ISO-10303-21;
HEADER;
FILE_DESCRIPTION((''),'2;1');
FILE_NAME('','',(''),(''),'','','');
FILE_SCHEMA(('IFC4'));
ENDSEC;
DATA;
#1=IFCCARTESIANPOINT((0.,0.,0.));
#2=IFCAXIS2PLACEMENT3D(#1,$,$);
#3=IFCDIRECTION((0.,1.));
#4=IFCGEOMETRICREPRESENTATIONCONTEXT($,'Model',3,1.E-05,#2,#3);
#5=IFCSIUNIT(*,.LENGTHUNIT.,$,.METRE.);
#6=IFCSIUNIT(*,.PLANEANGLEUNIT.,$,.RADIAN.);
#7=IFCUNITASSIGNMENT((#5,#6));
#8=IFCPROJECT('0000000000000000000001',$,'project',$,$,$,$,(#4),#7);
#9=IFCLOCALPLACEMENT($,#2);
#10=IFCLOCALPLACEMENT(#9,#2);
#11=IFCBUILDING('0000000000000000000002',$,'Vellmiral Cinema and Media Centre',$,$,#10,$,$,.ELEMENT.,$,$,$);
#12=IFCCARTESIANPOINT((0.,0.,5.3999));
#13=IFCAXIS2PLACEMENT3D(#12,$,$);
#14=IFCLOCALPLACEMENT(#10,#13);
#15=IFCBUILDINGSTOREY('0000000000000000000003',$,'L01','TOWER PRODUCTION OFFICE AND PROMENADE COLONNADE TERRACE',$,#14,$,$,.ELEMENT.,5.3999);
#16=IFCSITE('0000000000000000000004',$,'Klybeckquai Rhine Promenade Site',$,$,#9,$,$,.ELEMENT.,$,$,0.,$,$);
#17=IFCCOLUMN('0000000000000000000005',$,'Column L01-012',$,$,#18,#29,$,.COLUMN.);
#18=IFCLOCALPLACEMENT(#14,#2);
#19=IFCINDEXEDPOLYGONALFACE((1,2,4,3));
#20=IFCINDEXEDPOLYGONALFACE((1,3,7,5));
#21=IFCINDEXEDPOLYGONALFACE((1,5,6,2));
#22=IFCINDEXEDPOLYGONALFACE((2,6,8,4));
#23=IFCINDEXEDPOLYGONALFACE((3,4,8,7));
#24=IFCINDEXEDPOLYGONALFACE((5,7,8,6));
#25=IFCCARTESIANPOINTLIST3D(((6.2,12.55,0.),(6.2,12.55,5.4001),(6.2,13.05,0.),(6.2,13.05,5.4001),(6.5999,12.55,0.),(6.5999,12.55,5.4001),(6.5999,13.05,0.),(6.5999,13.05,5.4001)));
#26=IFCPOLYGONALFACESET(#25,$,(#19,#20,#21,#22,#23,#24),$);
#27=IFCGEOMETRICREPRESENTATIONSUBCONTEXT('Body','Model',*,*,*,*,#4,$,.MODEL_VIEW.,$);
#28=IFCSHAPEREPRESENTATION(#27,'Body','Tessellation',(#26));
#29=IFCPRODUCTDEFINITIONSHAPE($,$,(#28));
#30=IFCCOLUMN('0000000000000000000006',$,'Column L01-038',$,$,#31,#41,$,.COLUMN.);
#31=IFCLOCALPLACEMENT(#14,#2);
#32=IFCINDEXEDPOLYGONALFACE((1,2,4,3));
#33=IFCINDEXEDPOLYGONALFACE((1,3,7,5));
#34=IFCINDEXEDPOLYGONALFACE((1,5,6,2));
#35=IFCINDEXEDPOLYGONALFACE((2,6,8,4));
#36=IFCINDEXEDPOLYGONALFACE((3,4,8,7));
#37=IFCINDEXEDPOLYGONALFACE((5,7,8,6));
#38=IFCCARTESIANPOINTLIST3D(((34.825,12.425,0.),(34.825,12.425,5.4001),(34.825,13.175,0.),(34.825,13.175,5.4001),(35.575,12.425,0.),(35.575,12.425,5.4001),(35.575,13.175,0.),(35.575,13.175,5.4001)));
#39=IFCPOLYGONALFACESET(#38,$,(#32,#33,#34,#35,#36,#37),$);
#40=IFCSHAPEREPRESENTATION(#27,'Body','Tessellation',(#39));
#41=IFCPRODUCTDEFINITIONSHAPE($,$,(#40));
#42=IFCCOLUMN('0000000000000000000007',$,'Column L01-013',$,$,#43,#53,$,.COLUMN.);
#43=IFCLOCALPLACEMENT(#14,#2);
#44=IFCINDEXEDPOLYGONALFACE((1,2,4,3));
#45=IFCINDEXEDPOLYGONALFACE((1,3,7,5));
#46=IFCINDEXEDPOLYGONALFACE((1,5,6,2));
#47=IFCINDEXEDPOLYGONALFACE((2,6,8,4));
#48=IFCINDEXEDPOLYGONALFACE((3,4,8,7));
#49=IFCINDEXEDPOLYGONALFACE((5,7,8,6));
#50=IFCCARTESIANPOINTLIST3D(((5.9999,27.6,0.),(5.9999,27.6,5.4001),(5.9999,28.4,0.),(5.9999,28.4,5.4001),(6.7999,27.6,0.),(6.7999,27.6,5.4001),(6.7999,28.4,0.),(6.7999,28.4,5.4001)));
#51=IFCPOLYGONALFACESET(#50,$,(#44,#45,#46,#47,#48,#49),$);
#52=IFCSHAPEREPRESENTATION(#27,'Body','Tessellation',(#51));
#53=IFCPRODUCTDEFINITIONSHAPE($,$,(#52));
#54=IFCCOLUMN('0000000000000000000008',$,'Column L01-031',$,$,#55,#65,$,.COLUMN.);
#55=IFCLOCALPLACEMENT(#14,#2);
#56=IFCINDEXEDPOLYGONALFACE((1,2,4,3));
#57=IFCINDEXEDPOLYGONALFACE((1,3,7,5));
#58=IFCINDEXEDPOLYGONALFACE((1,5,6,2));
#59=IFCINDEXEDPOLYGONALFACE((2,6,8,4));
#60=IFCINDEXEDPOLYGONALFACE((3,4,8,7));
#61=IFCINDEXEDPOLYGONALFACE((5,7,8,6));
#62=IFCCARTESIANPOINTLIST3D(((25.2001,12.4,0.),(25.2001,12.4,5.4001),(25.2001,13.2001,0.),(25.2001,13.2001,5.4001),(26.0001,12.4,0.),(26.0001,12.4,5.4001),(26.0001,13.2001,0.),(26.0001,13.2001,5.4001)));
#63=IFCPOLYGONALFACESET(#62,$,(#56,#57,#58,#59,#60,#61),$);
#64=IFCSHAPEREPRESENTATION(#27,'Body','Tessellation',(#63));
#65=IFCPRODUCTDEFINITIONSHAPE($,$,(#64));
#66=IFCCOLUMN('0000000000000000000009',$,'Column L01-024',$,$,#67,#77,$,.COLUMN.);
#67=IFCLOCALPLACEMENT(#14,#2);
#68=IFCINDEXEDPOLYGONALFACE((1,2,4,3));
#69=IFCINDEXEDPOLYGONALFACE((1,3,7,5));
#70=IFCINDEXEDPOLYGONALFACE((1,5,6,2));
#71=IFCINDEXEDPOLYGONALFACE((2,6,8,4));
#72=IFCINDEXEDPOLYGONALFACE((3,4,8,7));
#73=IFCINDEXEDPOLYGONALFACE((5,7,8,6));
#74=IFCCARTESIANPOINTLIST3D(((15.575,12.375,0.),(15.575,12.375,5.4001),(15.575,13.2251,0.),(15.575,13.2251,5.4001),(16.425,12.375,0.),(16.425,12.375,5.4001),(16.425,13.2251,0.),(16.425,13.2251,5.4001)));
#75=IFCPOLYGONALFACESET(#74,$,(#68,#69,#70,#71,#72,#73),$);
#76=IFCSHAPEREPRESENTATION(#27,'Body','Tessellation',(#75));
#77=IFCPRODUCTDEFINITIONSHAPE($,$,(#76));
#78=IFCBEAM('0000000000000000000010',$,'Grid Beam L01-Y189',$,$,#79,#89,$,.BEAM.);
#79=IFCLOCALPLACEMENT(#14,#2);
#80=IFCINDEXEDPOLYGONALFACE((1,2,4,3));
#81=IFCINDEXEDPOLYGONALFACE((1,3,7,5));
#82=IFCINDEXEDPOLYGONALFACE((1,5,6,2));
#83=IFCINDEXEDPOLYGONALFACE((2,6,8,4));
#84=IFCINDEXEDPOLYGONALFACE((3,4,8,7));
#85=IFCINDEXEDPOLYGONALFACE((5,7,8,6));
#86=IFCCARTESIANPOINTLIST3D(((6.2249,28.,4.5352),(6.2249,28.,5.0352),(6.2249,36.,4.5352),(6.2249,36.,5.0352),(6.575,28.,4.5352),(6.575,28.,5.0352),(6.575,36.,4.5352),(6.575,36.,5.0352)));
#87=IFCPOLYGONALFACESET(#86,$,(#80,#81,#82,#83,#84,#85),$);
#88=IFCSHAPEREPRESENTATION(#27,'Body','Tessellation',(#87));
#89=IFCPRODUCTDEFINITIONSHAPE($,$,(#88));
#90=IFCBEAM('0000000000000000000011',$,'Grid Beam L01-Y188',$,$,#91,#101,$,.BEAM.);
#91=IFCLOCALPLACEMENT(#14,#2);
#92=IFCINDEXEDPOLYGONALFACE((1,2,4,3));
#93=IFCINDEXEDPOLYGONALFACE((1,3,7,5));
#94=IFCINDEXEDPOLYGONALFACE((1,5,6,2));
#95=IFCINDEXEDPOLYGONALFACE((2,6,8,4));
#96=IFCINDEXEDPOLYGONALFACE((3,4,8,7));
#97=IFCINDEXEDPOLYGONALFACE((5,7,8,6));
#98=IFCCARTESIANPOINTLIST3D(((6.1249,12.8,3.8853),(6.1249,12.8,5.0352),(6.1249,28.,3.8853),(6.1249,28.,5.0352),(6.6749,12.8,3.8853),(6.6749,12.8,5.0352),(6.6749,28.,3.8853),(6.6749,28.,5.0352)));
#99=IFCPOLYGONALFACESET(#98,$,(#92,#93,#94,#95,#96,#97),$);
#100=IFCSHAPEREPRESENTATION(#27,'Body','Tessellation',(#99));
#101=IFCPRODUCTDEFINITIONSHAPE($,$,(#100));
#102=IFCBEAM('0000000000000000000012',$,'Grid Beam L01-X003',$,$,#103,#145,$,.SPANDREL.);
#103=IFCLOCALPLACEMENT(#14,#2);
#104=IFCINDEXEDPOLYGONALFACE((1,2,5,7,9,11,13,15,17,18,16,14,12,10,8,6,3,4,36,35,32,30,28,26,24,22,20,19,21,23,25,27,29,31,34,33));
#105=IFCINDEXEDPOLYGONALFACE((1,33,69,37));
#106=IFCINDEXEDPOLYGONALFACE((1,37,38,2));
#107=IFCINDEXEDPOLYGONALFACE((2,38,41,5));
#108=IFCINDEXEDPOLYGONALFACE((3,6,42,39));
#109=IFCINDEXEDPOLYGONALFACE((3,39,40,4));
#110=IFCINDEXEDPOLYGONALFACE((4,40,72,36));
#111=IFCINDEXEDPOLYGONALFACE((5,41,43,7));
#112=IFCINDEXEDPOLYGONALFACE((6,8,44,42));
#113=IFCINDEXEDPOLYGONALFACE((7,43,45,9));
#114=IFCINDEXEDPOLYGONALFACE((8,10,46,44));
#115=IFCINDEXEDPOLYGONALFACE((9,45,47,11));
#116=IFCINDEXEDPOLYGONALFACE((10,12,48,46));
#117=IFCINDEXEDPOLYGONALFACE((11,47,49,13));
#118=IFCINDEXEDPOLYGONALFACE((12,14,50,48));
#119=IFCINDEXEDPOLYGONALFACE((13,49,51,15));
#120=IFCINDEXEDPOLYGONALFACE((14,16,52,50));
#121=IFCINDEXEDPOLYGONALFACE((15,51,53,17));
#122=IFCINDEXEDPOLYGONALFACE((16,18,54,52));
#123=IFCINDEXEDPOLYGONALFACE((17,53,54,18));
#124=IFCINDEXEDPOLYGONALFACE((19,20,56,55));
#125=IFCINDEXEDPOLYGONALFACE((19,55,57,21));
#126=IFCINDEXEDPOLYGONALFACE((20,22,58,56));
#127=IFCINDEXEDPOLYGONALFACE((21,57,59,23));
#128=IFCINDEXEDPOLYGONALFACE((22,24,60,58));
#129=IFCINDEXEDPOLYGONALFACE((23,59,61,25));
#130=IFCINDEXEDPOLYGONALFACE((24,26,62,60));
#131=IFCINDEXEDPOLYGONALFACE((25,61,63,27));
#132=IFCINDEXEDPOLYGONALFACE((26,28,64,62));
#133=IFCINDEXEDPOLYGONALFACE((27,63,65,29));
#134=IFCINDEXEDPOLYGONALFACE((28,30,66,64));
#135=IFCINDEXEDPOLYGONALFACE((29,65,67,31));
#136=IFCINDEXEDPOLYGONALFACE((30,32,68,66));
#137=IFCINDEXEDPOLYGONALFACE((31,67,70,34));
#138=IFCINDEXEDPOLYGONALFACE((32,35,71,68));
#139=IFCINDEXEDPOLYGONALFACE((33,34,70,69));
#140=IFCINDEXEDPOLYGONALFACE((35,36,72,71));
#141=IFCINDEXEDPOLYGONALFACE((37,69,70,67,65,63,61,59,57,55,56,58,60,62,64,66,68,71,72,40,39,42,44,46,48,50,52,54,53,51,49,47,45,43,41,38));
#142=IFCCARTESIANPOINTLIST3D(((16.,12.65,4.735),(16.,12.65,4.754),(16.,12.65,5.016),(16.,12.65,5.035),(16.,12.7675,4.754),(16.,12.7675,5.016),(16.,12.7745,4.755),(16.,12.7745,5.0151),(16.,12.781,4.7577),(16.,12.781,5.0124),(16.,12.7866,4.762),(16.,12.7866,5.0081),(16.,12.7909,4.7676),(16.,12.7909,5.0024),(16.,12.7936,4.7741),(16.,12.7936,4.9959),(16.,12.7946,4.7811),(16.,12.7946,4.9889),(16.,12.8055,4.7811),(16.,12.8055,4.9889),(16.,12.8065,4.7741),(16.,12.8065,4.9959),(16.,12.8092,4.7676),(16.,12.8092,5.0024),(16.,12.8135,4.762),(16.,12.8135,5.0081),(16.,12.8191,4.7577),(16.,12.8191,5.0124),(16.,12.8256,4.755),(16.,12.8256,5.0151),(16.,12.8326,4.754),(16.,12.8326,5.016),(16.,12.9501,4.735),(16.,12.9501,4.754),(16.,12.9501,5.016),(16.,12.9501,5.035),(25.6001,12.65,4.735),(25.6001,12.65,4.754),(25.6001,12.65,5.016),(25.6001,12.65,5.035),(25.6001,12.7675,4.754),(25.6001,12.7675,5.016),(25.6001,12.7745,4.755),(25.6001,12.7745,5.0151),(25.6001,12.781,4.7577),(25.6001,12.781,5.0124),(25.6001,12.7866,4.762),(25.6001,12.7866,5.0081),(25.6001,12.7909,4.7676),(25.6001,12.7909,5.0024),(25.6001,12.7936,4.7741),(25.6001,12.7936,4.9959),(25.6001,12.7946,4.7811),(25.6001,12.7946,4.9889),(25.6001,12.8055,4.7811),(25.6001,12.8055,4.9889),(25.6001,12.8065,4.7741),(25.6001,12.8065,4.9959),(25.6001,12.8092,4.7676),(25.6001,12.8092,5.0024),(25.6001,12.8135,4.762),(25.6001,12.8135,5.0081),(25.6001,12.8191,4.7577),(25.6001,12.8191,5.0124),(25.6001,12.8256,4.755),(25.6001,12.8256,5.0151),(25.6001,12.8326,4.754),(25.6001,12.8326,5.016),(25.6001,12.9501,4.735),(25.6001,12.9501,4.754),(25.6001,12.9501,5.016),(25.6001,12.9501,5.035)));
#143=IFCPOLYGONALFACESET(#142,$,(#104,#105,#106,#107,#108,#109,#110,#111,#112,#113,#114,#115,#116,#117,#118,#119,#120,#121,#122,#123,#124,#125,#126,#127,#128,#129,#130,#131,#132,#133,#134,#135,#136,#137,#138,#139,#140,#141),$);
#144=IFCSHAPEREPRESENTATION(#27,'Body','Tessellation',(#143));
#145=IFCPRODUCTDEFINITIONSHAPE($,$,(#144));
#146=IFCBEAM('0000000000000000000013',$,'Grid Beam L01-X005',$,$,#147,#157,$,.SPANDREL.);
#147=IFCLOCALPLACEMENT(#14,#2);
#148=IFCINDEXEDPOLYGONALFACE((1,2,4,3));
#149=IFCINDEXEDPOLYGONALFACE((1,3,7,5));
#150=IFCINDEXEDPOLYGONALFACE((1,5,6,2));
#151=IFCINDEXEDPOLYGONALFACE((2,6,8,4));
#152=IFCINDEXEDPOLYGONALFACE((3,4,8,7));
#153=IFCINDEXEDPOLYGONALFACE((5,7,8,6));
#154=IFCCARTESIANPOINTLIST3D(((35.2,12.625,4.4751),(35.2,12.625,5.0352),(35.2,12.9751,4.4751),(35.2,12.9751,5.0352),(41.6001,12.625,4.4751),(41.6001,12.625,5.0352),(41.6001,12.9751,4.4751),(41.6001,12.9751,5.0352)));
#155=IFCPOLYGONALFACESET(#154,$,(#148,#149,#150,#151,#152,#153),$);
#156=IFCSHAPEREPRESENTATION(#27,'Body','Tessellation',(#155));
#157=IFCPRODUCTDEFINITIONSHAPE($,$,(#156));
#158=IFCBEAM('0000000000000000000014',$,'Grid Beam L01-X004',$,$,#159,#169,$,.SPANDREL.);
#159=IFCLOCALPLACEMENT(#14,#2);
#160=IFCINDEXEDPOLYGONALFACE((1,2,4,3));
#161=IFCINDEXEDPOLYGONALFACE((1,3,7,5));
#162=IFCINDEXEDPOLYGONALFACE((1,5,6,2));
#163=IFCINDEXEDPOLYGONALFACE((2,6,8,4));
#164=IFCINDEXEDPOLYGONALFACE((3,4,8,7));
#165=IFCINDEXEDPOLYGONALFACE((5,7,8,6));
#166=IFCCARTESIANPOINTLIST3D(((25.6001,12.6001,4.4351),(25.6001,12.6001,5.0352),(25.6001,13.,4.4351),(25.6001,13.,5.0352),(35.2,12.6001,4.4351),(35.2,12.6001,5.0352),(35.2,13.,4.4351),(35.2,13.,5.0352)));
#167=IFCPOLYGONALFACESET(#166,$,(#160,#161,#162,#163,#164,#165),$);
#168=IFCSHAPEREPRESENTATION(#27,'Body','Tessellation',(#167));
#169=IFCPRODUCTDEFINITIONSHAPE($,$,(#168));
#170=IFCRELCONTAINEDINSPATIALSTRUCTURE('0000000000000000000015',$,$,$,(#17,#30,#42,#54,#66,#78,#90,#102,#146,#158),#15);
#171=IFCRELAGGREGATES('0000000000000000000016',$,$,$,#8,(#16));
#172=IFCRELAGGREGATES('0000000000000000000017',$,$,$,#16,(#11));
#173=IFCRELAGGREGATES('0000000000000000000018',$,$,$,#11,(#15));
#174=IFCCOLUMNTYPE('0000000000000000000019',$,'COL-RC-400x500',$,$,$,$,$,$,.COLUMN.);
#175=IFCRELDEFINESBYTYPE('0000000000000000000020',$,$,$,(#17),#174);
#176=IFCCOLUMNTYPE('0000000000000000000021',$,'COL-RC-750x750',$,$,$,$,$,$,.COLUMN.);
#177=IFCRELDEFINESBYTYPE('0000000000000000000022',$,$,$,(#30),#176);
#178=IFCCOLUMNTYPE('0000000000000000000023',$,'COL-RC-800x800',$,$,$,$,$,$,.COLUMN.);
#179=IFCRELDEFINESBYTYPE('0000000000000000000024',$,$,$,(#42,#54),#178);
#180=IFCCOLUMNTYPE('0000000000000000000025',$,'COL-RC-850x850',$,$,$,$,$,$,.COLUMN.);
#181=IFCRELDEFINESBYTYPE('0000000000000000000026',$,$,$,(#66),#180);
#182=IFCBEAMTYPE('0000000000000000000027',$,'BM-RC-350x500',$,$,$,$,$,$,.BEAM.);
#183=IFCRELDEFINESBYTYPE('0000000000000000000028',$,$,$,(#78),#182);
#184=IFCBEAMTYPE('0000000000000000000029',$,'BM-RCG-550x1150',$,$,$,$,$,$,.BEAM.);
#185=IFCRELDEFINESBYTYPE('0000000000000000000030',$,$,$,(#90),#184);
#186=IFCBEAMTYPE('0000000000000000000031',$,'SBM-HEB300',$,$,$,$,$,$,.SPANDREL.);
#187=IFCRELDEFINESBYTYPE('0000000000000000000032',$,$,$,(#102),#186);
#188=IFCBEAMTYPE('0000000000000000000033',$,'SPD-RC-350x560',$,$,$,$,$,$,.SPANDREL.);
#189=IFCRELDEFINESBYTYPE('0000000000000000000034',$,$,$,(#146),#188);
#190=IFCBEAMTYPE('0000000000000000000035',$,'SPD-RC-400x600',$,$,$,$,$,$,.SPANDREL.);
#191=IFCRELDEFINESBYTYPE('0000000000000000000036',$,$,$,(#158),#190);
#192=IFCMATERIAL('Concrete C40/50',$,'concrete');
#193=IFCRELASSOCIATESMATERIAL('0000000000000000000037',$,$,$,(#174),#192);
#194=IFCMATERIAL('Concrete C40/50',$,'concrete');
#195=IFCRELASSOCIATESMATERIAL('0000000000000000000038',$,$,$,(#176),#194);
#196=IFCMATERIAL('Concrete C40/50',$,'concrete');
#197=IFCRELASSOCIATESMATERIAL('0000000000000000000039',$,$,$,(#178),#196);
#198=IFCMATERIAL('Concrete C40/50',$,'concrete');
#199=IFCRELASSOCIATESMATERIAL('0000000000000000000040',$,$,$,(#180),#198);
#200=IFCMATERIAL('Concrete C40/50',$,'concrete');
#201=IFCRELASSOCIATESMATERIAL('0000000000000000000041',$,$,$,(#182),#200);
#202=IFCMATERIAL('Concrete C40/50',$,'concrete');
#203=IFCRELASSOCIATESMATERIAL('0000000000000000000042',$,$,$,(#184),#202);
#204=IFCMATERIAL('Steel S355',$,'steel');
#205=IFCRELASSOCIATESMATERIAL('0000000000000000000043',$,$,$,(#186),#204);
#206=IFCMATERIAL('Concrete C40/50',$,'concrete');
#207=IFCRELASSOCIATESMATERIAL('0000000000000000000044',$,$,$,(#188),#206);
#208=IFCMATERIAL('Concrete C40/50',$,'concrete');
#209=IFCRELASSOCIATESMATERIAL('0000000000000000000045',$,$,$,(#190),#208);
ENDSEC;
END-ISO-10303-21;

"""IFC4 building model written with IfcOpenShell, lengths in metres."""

from ifc_helpers import new_model, si_unit, direction, frame, origin, origin_2d, place, context, subcontext, project, spatial, rectangle, i_section, extrude, material, material_profile, profile_set, type_object, element, save


model = new_model("IFC4")

# Units and contexts
model_context = context("Model", 3, precision=1e-05, world=origin(), true_north=direction((0.0, 1.0)))
body_context = subcontext(model_context, "Body", "Model", "MODEL_VIEW")
ifc_project = project(units=[si_unit("LENGTHUNIT", "METRE"), si_unit("PLANEANGLEUNIT", "RADIAN")], contexts=[model_context])

# Site, building, storey
site_placement = place(None, origin())
site = spatial("IfcSite", under=ifc_project, at=site_placement, Name="Klybeckquai Rhine Promenade Site", CompositionType="ELEMENT", RefElevation=0.0)
building_placement = place(site_placement, origin())
building = spatial("IfcBuilding", under=site, at=building_placement, Name="Vellmiral Cinema and Media Centre", CompositionType="ELEMENT")
storey_placement = place(building_placement, frame((0.0, 0.0, 5.3999)))
storey = spatial("IfcBuildingStorey", under=building, at=storey_placement, Name="L01", Description="TOWER PRODUCTION OFFICE AND PROMENADE COLONNADE TERRACE", CompositionType="ELEMENT", Elevation=5.3999)

# Columns
ifc_material_1 = material(Name="Concrete C40/50", Category="concrete")
ifc_material_profile_1 = material_profile(ifc_material_1, rectangle(XDim=0.3999, YDim=0.5, at=origin_2d()), Name="RC 400x500")
ifc_profile_set_1 = profile_set([ifc_material_profile_1], Name="Concrete C40/50")
column_type_1 = type_object("IfcColumnType", Name="COL-RC-400x500", PredefinedType="COLUMN", material=ifc_profile_set_1)
column_1_placement = place(storey_placement, frame((6.3999, 12.8, 0.0), z_axis=(0.0, 0.0, 1.0), x_axis=(1.0, 0.0, 0.0)))
element("IfcColumn", 1, at=column_1_placement, inside=storey, type_object=column_type_1, Name="Column L01-012", PredefinedType="COLUMN", context=body_context, shape_type="SweptSolid", body=[
    extrude(rectangle(XDim=0.3999, YDim=0.5, at=origin_2d()), origin(), (0.0, 0.0, 1.0), 5.4001),
])
ifc_material_2 = material(Name="Concrete C40/50", Category="concrete")
ifc_material_profile_2 = material_profile(ifc_material_2, rectangle(XDim=0.75, YDim=0.75, at=origin_2d()), Name="RC 750x750")
ifc_profile_set_2 = profile_set([ifc_material_profile_2], Name="Concrete C40/50")
column_type_2 = type_object("IfcColumnType", Name="COL-RC-750x750", PredefinedType="COLUMN", material=ifc_profile_set_2)
column_2_placement = place(storey_placement, frame((35.2, 12.8, 0.0), z_axis=(0.0, 0.0, 1.0), x_axis=(1.0, 0.0, 0.0)))
element("IfcColumn", 2, at=column_2_placement, inside=storey, type_object=column_type_2, Name="Column L01-038", PredefinedType="COLUMN", context=body_context, shape_type="SweptSolid", body=[
    extrude(rectangle(XDim=0.75, YDim=0.75, at=origin_2d()), origin(), (0.0, 0.0, 1.0), 5.4001),
])
ifc_material_3 = material(Name="Concrete C40/50", Category="concrete")
ifc_material_profile_3 = material_profile(ifc_material_3, rectangle(XDim=0.8, YDim=0.8, at=origin_2d()), Name="RC 800x800")
ifc_profile_set_3 = profile_set([ifc_material_profile_3], Name="Concrete C40/50")
column_type_3 = type_object("IfcColumnType", Name="COL-RC-800x800", PredefinedType="COLUMN", material=ifc_profile_set_3)
for number, where, z_axis, x_axis, name in (
    (3, (6.3999, 28.0, 0.0), (0.0, 0.0, 1.0), (1.0, 0.0, 0.0), "Column L01-013"),
    (4, (25.6001, 12.8, 0.0), (0.0, 0.0, 1.0), (1.0, 0.0, 0.0), "Column L01-031"),
):
    element("IfcColumn", number, at=place(storey_placement, frame(where, z_axis=z_axis, x_axis=x_axis)), inside=storey, type_object=column_type_3, Name=name, PredefinedType="COLUMN", context=body_context, shape_type="SweptSolid", body=[
        extrude(rectangle(XDim=0.8, YDim=0.8, at=origin_2d()), origin(), (0.0, 0.0, 1.0), 5.4001),
    ])
ifc_material_4 = material(Name="Concrete C40/50", Category="concrete")
ifc_material_profile_4 = material_profile(ifc_material_4, rectangle(XDim=0.8501, YDim=0.8501, at=origin_2d()), Name="RC 850x850")
ifc_profile_set_4 = profile_set([ifc_material_profile_4], Name="Concrete C40/50")
column_type_4 = type_object("IfcColumnType", Name="COL-RC-850x850", PredefinedType="COLUMN", material=ifc_profile_set_4)
column_3_placement = place(storey_placement, frame((16.0, 12.8, 0.0), z_axis=(0.0, 0.0, 1.0), x_axis=(1.0, 0.0, 0.0)))
element("IfcColumn", 5, at=column_3_placement, inside=storey, type_object=column_type_4, Name="Column L01-024", PredefinedType="COLUMN", context=body_context, shape_type="SweptSolid", body=[
    extrude(rectangle(XDim=0.8501, YDim=0.8501, at=origin_2d()), origin(), (0.0, 0.0, 1.0), 5.4001),
])

# Beams
ifc_material_5 = material(Name="Concrete C40/50", Category="concrete")
ifc_material_profile_5 = material_profile(ifc_material_5, rectangle(XDim=0.3501, YDim=0.5, at=origin_2d()), Name="RC 350x500")
ifc_profile_set_5 = profile_set([ifc_material_profile_5], Name="Concrete C40/50")
beam_type_1 = type_object("IfcBeamType", Name="BM-RC-350x500", PredefinedType="BEAM", material=ifc_profile_set_5)
beam_1_placement = place(storey_placement, frame((6.3999, 28.0, 4.7852), z_axis=(0.0, 1.0, 0.0), x_axis=(-1.0, 0.0, 0.0)))
element("IfcBeam", 6, at=beam_1_placement, inside=storey, type_object=beam_type_1, Name="Grid Beam L01-Y189", PredefinedType="BEAM", context=body_context, shape_type="SweptSolid", body=[
    extrude(rectangle(XDim=0.3501, YDim=0.5, at=origin_2d()), origin(), (0.0, 0.0, 1.0), 8.0),
])
ifc_material_6 = material(Name="Concrete C40/50", Category="concrete")
ifc_material_profile_6 = material_profile(ifc_material_6, rectangle(XDim=0.55, YDim=1.1499, at=origin_2d()), Name="RC 550x1150")
ifc_profile_set_6 = profile_set([ifc_material_profile_6], Name="Concrete C40/50")
beam_type_2 = type_object("IfcBeamType", Name="BM-RCG-550x1150", PredefinedType="BEAM", material=ifc_profile_set_6)
beam_2_placement = place(storey_placement, frame((6.3999, 12.8, 4.4602), z_axis=(0.0, 1.0, 0.0), x_axis=(-1.0, 0.0, 0.0)))
element("IfcBeam", 7, at=beam_2_placement, inside=storey, type_object=beam_type_2, Name="Grid Beam L01-Y188", PredefinedType="BEAM", context=body_context, shape_type="SweptSolid", body=[
    extrude(rectangle(XDim=0.55, YDim=1.1499, at=origin_2d()), origin(), (0.0, 0.0, 1.0), 15.2),
])
ifc_material_7 = material(Name="Steel S355", Category="steel")
ifc_material_profile_7 = material_profile(ifc_material_7, i_section(OverallWidth=0.3, OverallDepth=0.3, WebThickness=0.011, FlangeThickness=0.019, FilletRadius=0.0271, at=origin_2d()), Name="HEB 300")
ifc_profile_set_7 = profile_set([ifc_material_profile_7], Name="Steel S355")
beam_type_3 = type_object("IfcBeamType", Name="SBM-HEB300", PredefinedType="SPANDREL", material=ifc_profile_set_7)
beam_3_placement = place(storey_placement, frame((16.0, 12.8, 4.885), z_axis=(1.0, 0.0, 0.0), x_axis=(0.0, 1.0, 0.0)))
element("IfcBeam", 8, at=beam_3_placement, inside=storey, type_object=beam_type_3, Name="Grid Beam L01-X003", PredefinedType="SPANDREL", context=body_context, shape_type="SweptSolid", body=[
    extrude(i_section(OverallWidth=0.3, OverallDepth=0.3, WebThickness=0.011, FlangeThickness=0.019, FilletRadius=0.0271, at=origin_2d()), origin(), (0.0, 0.0, 1.0), 9.6001),
])
ifc_material_8 = material(Name="Concrete C40/50", Category="concrete")
ifc_material_profile_8 = material_profile(ifc_material_8, rectangle(XDim=0.3501, YDim=0.5601, at=origin_2d()), Name="RC 350x560")
ifc_profile_set_8 = profile_set([ifc_material_profile_8], Name="Concrete C40/50")
beam_type_4 = type_object("IfcBeamType", Name="SPD-RC-350x560", PredefinedType="SPANDREL", material=ifc_profile_set_8)
beam_4_placement = place(storey_placement, frame((35.2, 12.8, 4.7551), z_axis=(1.0, 0.0, 0.0), x_axis=(0.0, 1.0, 0.0)))
element("IfcBeam", 9, at=beam_4_placement, inside=storey, type_object=beam_type_4, Name="Grid Beam L01-X005", PredefinedType="SPANDREL", context=body_context, shape_type="SweptSolid", body=[
    extrude(rectangle(XDim=0.3501, YDim=0.5601, at=origin_2d()), origin(), (0.0, 0.0, 1.0), 6.4001),
])
ifc_material_9 = material(Name="Concrete C40/50", Category="concrete")
ifc_material_profile_9 = material_profile(ifc_material_9, rectangle(XDim=0.3999, YDim=0.6001, at=origin_2d()), Name="RC 400x600")
ifc_profile_set_9 = profile_set([ifc_material_profile_9], Name="Concrete C40/50")
beam_type_5 = type_object("IfcBeamType", Name="SPD-RC-400x600", PredefinedType="SPANDREL", material=ifc_profile_set_9)
beam_5_placement = place(storey_placement, frame((25.6001, 12.8, 4.7351), z_axis=(1.0, 0.0, 0.0), x_axis=(0.0, 1.0, 0.0)))
element("IfcBeam", 10, at=beam_5_placement, inside=storey, type_object=beam_type_5, Name="Grid Beam L01-X004", PredefinedType="SPANDREL", context=body_context, shape_type="SweptSolid", body=[
    extrude(rectangle(XDim=0.3999, YDim=0.6001, at=origin_2d()), origin(), (0.0, 0.0, 1.0), 9.5999),
])

save(model, "model.ifc")
